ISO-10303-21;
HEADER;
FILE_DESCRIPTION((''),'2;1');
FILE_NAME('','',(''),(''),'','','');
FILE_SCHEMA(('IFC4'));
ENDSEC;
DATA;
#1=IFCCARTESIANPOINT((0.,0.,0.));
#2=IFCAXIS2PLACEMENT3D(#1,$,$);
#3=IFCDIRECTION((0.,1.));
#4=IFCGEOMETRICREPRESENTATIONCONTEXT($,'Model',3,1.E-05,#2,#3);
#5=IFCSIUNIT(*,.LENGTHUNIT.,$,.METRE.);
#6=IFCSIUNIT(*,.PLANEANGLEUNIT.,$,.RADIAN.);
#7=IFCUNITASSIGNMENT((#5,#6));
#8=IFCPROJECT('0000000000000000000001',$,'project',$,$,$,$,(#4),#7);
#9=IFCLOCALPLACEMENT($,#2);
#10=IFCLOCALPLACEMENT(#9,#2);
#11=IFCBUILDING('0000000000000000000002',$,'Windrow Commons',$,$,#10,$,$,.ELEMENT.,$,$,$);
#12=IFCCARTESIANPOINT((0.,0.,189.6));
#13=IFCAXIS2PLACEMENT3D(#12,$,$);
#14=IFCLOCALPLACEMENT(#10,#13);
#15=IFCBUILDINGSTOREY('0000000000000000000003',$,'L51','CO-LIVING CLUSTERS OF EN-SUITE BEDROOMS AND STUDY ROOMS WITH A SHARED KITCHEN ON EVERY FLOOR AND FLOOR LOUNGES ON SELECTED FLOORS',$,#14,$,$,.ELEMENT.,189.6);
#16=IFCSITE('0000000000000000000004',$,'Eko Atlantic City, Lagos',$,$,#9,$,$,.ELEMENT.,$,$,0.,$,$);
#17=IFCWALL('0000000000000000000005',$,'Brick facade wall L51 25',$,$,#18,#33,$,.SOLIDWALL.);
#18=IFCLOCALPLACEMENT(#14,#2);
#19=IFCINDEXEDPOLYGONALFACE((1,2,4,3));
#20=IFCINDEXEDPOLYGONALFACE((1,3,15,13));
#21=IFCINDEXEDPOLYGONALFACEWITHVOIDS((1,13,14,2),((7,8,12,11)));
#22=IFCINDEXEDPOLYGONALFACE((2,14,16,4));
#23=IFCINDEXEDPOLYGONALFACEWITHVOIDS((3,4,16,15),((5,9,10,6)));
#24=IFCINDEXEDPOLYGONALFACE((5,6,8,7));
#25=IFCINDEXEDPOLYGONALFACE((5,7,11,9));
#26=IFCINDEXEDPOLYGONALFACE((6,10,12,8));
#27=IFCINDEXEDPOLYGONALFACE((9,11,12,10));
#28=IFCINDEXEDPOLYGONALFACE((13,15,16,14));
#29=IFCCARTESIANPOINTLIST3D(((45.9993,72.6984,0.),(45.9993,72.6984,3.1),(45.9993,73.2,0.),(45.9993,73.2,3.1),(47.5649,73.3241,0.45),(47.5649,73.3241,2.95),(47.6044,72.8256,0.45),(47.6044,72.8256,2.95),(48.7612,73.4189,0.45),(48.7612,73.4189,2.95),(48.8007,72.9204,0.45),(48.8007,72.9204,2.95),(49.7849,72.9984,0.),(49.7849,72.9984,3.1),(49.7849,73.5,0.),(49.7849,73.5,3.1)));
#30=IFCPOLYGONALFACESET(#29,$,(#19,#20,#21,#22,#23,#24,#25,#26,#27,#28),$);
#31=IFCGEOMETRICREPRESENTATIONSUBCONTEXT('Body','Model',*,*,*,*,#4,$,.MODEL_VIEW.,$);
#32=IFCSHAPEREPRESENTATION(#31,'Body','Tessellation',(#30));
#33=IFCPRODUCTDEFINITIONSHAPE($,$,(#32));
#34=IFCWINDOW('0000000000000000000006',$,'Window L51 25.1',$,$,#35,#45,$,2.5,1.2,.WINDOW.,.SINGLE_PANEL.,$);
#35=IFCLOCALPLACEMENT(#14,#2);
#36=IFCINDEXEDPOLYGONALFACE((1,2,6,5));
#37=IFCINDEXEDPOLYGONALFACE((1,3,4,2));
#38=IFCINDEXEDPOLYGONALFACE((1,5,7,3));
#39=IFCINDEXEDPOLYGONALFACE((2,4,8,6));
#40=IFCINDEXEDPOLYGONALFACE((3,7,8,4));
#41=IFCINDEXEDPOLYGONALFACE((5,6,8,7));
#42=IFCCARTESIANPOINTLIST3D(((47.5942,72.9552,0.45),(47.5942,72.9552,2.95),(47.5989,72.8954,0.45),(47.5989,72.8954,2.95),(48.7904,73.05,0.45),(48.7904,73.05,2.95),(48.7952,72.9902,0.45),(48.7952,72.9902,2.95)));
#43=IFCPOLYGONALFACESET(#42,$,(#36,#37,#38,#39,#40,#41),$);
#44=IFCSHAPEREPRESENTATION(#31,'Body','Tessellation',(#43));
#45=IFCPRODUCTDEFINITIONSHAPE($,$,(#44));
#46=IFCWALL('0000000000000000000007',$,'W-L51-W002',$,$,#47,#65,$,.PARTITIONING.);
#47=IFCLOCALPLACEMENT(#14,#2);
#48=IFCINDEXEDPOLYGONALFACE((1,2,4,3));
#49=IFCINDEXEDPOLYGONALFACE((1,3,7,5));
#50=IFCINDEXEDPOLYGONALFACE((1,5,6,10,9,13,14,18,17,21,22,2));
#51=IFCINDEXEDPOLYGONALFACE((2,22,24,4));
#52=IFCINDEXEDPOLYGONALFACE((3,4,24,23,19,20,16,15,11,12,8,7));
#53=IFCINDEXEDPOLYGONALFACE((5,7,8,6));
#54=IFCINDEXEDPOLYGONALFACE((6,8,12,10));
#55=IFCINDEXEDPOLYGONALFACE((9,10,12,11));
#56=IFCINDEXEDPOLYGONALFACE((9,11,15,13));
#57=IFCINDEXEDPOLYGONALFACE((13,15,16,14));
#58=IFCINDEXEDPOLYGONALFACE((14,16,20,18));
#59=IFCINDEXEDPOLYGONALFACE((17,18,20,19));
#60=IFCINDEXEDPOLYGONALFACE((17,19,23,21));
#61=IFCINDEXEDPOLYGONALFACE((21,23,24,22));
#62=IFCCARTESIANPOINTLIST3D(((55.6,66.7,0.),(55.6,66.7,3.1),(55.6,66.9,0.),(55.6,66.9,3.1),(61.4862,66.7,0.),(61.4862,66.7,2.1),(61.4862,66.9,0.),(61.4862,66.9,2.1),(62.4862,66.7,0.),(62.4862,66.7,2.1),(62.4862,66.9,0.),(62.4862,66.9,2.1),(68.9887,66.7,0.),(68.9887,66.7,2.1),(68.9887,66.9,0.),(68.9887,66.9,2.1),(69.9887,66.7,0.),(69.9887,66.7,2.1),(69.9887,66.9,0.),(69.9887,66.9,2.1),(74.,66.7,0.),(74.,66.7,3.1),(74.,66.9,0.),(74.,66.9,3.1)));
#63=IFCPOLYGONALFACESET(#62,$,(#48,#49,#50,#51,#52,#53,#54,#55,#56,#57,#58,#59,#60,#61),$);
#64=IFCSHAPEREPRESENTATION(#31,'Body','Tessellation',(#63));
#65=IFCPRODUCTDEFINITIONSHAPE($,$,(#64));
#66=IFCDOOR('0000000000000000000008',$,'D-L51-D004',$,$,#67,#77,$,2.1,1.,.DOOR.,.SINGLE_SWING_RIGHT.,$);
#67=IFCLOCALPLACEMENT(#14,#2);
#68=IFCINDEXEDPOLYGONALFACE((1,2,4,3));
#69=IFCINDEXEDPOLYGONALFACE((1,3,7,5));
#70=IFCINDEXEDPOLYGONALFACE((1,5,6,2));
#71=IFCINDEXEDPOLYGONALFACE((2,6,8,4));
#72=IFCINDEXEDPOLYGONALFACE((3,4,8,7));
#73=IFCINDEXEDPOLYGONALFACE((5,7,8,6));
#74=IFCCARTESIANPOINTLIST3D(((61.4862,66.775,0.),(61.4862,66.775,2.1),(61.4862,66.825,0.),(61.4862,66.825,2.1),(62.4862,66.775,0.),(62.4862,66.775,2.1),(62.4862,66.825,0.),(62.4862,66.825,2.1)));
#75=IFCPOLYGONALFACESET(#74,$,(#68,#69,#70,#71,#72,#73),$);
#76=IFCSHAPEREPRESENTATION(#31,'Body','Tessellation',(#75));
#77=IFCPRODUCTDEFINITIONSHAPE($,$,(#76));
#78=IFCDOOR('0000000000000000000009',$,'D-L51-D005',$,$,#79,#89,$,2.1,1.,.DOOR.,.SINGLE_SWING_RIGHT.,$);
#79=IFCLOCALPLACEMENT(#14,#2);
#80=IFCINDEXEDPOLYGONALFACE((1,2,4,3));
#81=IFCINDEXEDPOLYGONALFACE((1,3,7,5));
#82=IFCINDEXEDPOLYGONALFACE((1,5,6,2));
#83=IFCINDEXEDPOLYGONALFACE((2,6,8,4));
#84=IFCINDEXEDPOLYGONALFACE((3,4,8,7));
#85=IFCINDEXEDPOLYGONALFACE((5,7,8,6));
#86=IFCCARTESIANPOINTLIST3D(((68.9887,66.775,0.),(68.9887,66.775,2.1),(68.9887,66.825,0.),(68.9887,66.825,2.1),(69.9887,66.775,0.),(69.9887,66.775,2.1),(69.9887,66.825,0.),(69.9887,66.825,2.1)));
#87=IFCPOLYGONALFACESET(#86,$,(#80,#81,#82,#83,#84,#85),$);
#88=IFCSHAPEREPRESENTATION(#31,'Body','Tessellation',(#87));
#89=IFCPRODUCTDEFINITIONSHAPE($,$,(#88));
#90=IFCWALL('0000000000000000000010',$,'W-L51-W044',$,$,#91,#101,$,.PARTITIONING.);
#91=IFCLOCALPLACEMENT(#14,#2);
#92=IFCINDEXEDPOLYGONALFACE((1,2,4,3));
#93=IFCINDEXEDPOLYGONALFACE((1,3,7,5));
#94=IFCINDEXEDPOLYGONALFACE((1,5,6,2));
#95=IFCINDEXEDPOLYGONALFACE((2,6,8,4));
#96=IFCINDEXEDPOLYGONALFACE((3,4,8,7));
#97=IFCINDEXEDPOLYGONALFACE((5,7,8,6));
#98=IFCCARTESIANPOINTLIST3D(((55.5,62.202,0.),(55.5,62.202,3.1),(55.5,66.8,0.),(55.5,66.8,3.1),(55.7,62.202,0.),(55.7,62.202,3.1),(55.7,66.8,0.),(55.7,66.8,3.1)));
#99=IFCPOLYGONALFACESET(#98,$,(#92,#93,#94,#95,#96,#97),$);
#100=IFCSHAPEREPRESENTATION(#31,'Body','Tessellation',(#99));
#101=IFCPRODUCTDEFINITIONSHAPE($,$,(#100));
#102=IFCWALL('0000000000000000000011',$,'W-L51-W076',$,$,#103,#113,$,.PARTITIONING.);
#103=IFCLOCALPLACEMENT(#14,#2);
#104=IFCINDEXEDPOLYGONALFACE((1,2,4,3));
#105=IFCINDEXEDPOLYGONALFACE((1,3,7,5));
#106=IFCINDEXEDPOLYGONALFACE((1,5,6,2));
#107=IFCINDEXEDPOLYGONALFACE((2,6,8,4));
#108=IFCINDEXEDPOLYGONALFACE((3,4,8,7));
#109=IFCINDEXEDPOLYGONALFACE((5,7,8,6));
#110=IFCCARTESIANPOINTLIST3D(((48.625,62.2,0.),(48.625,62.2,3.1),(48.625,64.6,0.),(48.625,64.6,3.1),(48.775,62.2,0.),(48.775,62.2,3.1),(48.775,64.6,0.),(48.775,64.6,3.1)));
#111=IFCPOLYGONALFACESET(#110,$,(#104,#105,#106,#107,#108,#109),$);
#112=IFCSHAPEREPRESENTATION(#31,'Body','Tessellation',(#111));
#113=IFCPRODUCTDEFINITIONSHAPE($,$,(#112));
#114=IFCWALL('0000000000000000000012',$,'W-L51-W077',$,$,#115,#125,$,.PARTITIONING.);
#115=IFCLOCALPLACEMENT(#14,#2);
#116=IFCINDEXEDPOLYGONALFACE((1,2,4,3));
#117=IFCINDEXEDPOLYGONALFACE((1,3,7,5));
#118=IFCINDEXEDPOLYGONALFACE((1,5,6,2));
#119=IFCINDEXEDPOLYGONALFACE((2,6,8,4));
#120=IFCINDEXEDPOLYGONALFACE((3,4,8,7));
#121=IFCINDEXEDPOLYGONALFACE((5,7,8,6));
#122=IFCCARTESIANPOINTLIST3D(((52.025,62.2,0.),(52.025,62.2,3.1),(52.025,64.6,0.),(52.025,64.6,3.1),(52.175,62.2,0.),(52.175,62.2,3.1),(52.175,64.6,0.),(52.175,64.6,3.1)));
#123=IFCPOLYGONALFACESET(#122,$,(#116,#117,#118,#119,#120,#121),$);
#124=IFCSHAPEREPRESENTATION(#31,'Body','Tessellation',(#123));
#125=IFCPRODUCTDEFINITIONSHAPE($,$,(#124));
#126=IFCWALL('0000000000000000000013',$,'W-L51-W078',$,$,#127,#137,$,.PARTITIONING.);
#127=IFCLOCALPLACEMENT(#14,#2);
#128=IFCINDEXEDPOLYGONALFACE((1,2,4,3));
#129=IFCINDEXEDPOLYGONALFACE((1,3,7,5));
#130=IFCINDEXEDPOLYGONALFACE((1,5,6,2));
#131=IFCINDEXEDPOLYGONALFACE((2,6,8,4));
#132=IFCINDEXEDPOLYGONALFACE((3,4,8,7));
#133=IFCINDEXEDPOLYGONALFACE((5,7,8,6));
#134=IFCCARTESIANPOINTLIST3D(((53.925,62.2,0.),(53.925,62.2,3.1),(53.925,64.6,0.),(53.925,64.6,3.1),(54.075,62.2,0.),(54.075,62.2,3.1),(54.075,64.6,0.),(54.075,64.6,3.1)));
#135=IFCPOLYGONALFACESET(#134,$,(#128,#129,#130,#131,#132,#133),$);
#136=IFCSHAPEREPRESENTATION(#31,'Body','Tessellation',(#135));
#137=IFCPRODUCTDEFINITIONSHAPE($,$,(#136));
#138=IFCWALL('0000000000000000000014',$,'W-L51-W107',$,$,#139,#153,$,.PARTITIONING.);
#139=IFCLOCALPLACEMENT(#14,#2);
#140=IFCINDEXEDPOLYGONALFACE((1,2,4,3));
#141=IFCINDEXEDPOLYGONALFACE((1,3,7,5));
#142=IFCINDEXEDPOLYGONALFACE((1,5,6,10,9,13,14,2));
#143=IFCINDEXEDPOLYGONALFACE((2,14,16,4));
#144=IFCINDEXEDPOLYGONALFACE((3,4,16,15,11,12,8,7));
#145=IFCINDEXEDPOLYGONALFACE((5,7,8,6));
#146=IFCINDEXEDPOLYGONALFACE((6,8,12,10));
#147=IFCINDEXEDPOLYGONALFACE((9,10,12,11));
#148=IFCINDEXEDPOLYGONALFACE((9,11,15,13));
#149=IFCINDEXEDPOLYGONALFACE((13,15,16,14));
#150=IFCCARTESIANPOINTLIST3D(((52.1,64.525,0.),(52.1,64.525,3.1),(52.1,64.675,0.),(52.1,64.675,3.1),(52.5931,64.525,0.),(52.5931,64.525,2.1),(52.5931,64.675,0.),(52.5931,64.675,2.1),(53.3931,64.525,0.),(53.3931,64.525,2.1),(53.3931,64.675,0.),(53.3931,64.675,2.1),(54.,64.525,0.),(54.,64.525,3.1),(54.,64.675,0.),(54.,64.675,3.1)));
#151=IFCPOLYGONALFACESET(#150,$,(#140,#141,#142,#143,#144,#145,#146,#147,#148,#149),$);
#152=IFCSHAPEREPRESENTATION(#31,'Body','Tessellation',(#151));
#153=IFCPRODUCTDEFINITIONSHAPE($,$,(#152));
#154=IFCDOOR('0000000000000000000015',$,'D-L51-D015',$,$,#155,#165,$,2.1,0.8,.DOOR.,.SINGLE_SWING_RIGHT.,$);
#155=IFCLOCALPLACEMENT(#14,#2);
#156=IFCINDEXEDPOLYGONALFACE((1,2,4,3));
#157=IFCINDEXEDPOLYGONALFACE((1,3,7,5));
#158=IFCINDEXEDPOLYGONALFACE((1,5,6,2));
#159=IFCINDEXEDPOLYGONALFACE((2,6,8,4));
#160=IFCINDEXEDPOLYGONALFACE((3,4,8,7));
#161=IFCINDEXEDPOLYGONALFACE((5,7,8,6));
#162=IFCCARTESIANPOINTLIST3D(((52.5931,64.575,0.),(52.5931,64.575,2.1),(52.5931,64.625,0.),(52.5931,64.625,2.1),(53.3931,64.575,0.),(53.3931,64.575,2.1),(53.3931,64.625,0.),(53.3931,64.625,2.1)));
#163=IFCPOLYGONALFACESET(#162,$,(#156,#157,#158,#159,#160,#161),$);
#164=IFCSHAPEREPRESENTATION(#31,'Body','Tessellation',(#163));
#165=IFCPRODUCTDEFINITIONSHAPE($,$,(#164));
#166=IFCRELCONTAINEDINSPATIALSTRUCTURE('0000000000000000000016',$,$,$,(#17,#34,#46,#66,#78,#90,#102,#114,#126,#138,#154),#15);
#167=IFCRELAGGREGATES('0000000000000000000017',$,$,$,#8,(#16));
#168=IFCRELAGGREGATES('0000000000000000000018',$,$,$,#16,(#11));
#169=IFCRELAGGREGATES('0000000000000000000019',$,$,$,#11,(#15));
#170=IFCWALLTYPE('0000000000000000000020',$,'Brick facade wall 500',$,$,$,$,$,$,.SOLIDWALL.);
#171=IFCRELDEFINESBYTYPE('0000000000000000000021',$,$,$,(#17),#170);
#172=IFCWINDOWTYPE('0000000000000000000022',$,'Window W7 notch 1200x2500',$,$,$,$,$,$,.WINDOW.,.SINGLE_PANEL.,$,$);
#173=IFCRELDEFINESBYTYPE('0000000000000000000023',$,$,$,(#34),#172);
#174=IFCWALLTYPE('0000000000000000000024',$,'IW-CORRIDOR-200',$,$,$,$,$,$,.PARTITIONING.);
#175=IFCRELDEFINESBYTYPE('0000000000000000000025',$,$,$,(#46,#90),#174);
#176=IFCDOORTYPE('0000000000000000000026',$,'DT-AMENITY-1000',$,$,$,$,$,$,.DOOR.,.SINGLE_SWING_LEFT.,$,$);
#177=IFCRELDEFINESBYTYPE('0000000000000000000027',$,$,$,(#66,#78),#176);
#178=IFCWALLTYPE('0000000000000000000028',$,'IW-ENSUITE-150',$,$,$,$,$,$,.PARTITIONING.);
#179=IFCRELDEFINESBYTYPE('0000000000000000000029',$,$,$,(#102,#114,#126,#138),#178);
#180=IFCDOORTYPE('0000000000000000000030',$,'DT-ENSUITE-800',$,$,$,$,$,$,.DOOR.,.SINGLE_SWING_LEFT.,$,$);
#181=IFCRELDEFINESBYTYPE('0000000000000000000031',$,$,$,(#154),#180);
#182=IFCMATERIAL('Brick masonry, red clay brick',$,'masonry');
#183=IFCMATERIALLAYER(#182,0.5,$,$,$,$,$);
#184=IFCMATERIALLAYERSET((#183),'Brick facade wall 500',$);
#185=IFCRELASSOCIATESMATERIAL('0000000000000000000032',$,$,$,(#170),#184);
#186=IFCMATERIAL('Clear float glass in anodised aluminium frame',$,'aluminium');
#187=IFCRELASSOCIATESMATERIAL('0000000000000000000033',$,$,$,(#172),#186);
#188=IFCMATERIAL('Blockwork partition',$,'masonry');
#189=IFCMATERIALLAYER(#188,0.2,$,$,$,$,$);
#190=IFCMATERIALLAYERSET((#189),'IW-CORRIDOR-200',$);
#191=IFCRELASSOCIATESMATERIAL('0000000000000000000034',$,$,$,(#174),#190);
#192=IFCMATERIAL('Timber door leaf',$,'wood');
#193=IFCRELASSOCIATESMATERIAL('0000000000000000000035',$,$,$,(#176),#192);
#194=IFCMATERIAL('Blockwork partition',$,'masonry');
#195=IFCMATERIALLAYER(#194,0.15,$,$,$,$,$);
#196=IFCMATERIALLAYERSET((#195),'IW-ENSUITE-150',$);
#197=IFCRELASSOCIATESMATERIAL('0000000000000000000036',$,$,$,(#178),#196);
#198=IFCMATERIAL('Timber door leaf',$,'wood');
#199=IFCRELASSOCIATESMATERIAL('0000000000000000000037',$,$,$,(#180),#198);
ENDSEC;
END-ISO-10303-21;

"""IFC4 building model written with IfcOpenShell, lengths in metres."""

from ifc_helpers import new_model, si_unit, direction, frame, frame_2d, origin, place, context, subcontext, project, spatial, polyline, rectangle, outline, extrude, material, layer, layer_set, type_object, element, fill, save


model = new_model("IFC4")

# Units and contexts
model_context = context("Model", 3, precision=1e-05, world=origin(), true_north=direction((0.0, 1.0)))
body_context = subcontext(model_context, "Body", "Model", "MODEL_VIEW")
ifc_project = project(units=[si_unit("LENGTHUNIT", "METRE"), si_unit("PLANEANGLEUNIT", "RADIAN")], contexts=[model_context])

# Site, building, storey
site_placement = place(None, origin())
site = spatial("IfcSite", under=ifc_project, at=site_placement, Name="Eko Atlantic City, Lagos", CompositionType="ELEMENT", RefElevation=0.0)
building_placement = place(site_placement, origin())
building = spatial("IfcBuilding", under=site, at=building_placement, Name="Windrow Commons", CompositionType="ELEMENT")
storey_placement = place(building_placement, frame((0.0, 0.0, 189.6)))
storey = spatial("IfcBuildingStorey", under=building, at=storey_placement, Name="L51", Description="CO-LIVING CLUSTERS OF EN-SUITE BEDROOMS AND STUDY ROOMS WITH A SHARED KITCHEN ON EVERY FLOOR AND FLOOR LOUNGES ON SELECTED FLOORS", CompositionType="ELEMENT", Elevation=189.6)

# Shared definitions
ifc_material_1 = material(Name="Brick masonry, red clay brick", Category="masonry")
ifc_layer_1 = layer(ifc_material_1, 0.5)
ifc_layer_set_1 = layer_set([ifc_layer_1], Name="Brick facade wall 500")
wall_type_1 = type_object("IfcWallType", Name="Brick facade wall 500", PredefinedType="SOLIDWALL", material=ifc_layer_set_1)

# Wall, opening, window
ifc_material_2 = material(Name="Clear float glass in anodised aluminium frame", Category="aluminium")
window_type_1 = type_object("IfcWindowType", Name="Window W7 notch 1200x2500", PartitioningType="SINGLE_PANEL", PredefinedType="WINDOW", material=ifc_material_2)
wall_1_placement = place(storey_placement, frame((49.7849, 73.2492, 0.0), z_axis=(0.0, 0.0, 1.0), x_axis=(-0.996875, -0.079, 0.0)))
wall_1 = element("IfcWall", 1, at=wall_1_placement, inside=storey, type_object=wall_type_1, Name="Brick facade wall L51 25", PredefinedType="SOLIDWALL", context=body_context, shape_type="SweptSolid", body=[
    extrude(outline(polyline([(-0.0198, -0.25), (3.7777, -0.25), (3.8173, 0.25), (0.0198, 0.25), (-0.0198, -0.25)])), origin(), (0.0, 0.0, 1.0), 3.1),
])
opening_1_placement = place(wall_1_placement, frame((1.0071, 0.0, 0.45)))
opening_1 = element("IfcOpeningElement", 2, at=opening_1_placement, cuts=wall_1, PredefinedType="OPENING", context=body_context, shape_type="SweptSolid", body=[
    extrude(rectangle(XDim=1.2, YDim=2.5, at=frame_2d((0.6, 1.25))), frame((0.0, 0.26, 0.0), z_axis=(0.0, -1.0, 0.0), x_axis=(1.0, 0.0, 0.0)), (0.0, 0.0, 1.0), 0.52),
])
window_1_placement = place(opening_1_placement, origin())
window_1 = element("IfcWindow", 3, at=window_1_placement, inside=storey, type_object=window_type_1, Name="Window L51 25.1", OverallHeight=2.5, OverallWidth=1.2, PartitioningType="SINGLE_PANEL", PredefinedType="WINDOW", context=body_context, shape_type="SweptSolid", body=[
    extrude(rectangle(XDim=1.2, YDim=2.5, at=frame_2d((0.6, 1.25))), frame((0.0, 0.18, 0.0), z_axis=(0.0, -1.0, 0.0), x_axis=(1.0, 0.0, 0.0)), (0.0, 0.0, 1.0), 0.06),
])
fill(opening_1, window_1)

# Wall, openings, doors
ifc_material_3 = material(Name="Blockwork partition", Category="masonry")
ifc_layer_2 = layer(ifc_material_3, 0.2)
ifc_layer_set_2 = layer_set([ifc_layer_2], Name="IW-CORRIDOR-200")
wall_type_2 = type_object("IfcWallType", Name="IW-CORRIDOR-200", PredefinedType="PARTITIONING", material=ifc_layer_set_2)
wall_2_placement = place(storey_placement, frame((55.6, 66.8, 0.0), z_axis=(0.0, 0.0, 1.0), x_axis=(1.0, 0.0, 0.0)))
wall_2 = element("IfcWall", 4, at=wall_2_placement, inside=storey, type_object=wall_type_2, Name="W-L51-W002", PredefinedType="PARTITIONING", context=body_context, shape_type="SweptSolid", body=[
    extrude(rectangle(XDim=18.4, YDim=0.2, at=frame_2d((9.2, 0.0))), origin(), (0.0, 0.0, 1.0), 3.1),
])
opening_2_placement = place(wall_2_placement, frame((5.8862, 0.0, 0.0)))
opening_2 = element("IfcOpeningElement", 5, at=opening_2_placement, cuts=wall_2, PredefinedType="OPENING", context=body_context, shape_type="SweptSolid", body=[
    extrude(rectangle(XDim=1.0, YDim=2.1, at=frame_2d((0.5, 1.05))), frame((0.0, 0.11, 0.0), z_axis=(0.0, -1.0, 0.0), x_axis=(1.0, 0.0, 0.0)), (0.0, 0.0, 1.0), 0.22),
])
opening_3_placement = place(wall_2_placement, frame((13.3887, 0.0, 0.0)))
opening_3 = element("IfcOpeningElement", 6, at=opening_3_placement, cuts=wall_2, PredefinedType="OPENING", context=body_context, shape_type="SweptSolid", body=[
    extrude(rectangle(XDim=1.0, YDim=2.1, at=frame_2d((0.5, 1.05))), frame((0.0, 0.11, 0.0), z_axis=(0.0, -1.0, 0.0), x_axis=(1.0, 0.0, 0.0)), (0.0, 0.0, 1.0), 0.22),
])
ifc_material_4 = material(Name="Timber door leaf", Category="wood")
door_type_1 = type_object("IfcDoorType", Name="DT-AMENITY-1000", OperationType="SINGLE_SWING_LEFT", PredefinedType="DOOR", material=ifc_material_4)
door_1_placement = place(opening_2_placement, origin())
door_1 = element("IfcDoor", 7, at=door_1_placement, inside=storey, type_object=door_type_1, Name="D-L51-D004", OperationType="SINGLE_SWING_RIGHT", OverallHeight=2.1, OverallWidth=1.0, PredefinedType="DOOR", context=body_context, shape_type="SweptSolid", body=[
    extrude(rectangle(XDim=1.0, YDim=2.1, at=frame_2d((0.5, 1.05))), frame((0.0, 0.025, 0.0), z_axis=(0.0, -1.0, 0.0), x_axis=(1.0, 0.0, 0.0)), (0.0, 0.0, 1.0), 0.05),
])
fill(opening_2, door_1)
door_2_placement = place(opening_3_placement, origin())
door_2 = element("IfcDoor", 8, at=door_2_placement, inside=storey, type_object=door_type_1, Name="D-L51-D005", OperationType="SINGLE_SWING_RIGHT", OverallHeight=2.1, OverallWidth=1.0, PredefinedType="DOOR", context=body_context, shape_type="SweptSolid", body=[
    extrude(rectangle(XDim=1.0, YDim=2.1, at=frame_2d((0.5, 1.05))), frame((0.0, 0.025, 0.0), z_axis=(0.0, -1.0, 0.0), x_axis=(1.0, 0.0, 0.0)), (0.0, 0.0, 1.0), 0.05),
])
fill(opening_3, door_2)

# Walls
wall_3_placement = place(storey_placement, frame((55.6, 62.202, 0.0), z_axis=(0.0, 0.0, 1.0), x_axis=(0.0, 1.0, 0.0)))
element("IfcWall", 9, at=wall_3_placement, inside=storey, type_object=wall_type_2, Name="W-L51-W044", PredefinedType="PARTITIONING", context=body_context, shape_type="SweptSolid", body=[
    extrude(rectangle(XDim=4.598, YDim=0.2, at=frame_2d((2.299, 0.0))), origin(), (0.0, 0.0, 1.0), 3.1),
])
ifc_material_5 = material(Name="Blockwork partition", Category="masonry")
ifc_layer_3 = layer(ifc_material_5, 0.15)
ifc_layer_set_3 = layer_set([ifc_layer_3], Name="IW-ENSUITE-150")
wall_type_3 = type_object("IfcWallType", Name="IW-ENSUITE-150", PredefinedType="PARTITIONING", material=ifc_layer_set_3)
for number, where, z_axis, x_axis, name in (
    (10, (48.7, 62.2, 0.0), (0.0, 0.0, 1.0), (0.0, 1.0, 0.0), "W-L51-W076"),
    (11, (52.1, 62.2, 0.0), (0.0, 0.0, 1.0), (0.0, 1.0, 0.0), "W-L51-W077"),
    (12, (54.0, 62.2, 0.0), (0.0, 0.0, 1.0), (0.0, 1.0, 0.0), "W-L51-W078"),
):
    element("IfcWall", number, at=place(storey_placement, frame(where, z_axis=z_axis, x_axis=x_axis)), inside=storey, type_object=wall_type_3, Name=name, PredefinedType="PARTITIONING", context=body_context, shape_type="SweptSolid", body=[
        extrude(rectangle(XDim=2.4, YDim=0.15, at=frame_2d((1.2, 0.0))), origin(), (0.0, 0.0, 1.0), 3.1),
    ])

# Wall, opening, door
wall_4_placement = place(storey_placement, frame((52.1, 64.6, 0.0), z_axis=(0.0, 0.0, 1.0), x_axis=(1.0, 0.0, 0.0)))
wall_4 = element("IfcWall", 13, at=wall_4_placement, inside=storey, type_object=wall_type_3, Name="W-L51-W107", PredefinedType="PARTITIONING", context=body_context, shape_type="SweptSolid", body=[
    extrude(rectangle(XDim=1.9, YDim=0.15, at=frame_2d((0.95, 0.0))), origin(), (0.0, 0.0, 1.0), 3.1),
])
opening_4_placement = place(wall_4_placement, frame((0.4931, 0.0, 0.0)))
opening_4 = element("IfcOpeningElement", 14, at=opening_4_placement, cuts=wall_4, PredefinedType="OPENING", context=body_context, shape_type="SweptSolid", body=[
    extrude(rectangle(XDim=0.8, YDim=2.1, at=frame_2d((0.4, 1.05))), frame((0.0, 0.085, 0.0), z_axis=(0.0, -1.0, 0.0), x_axis=(1.0, 0.0, 0.0)), (0.0, 0.0, 1.0), 0.17),
])
ifc_material_6 = material(Name="Timber door leaf", Category="wood")
door_type_2 = type_object("IfcDoorType", Name="DT-ENSUITE-800", OperationType="SINGLE_SWING_LEFT", PredefinedType="DOOR", material=ifc_material_6)
door_3_placement = place(opening_4_placement, origin())
door_3 = element("IfcDoor", 15, at=door_3_placement, inside=storey, type_object=door_type_2, Name="D-L51-D015", OperationType="SINGLE_SWING_RIGHT", OverallHeight=2.1, OverallWidth=0.8, PredefinedType="DOOR", context=body_context, shape_type="SweptSolid", body=[
    extrude(rectangle(XDim=0.8, YDim=2.1, at=frame_2d((0.4, 1.05))), frame((0.0, 0.025, 0.0), z_axis=(0.0, -1.0, 0.0), x_axis=(1.0, 0.0, 0.0)), (0.0, 0.0, 1.0), 0.05),
])
fill(opening_4, door_3)

save(model, "model.ifc")
